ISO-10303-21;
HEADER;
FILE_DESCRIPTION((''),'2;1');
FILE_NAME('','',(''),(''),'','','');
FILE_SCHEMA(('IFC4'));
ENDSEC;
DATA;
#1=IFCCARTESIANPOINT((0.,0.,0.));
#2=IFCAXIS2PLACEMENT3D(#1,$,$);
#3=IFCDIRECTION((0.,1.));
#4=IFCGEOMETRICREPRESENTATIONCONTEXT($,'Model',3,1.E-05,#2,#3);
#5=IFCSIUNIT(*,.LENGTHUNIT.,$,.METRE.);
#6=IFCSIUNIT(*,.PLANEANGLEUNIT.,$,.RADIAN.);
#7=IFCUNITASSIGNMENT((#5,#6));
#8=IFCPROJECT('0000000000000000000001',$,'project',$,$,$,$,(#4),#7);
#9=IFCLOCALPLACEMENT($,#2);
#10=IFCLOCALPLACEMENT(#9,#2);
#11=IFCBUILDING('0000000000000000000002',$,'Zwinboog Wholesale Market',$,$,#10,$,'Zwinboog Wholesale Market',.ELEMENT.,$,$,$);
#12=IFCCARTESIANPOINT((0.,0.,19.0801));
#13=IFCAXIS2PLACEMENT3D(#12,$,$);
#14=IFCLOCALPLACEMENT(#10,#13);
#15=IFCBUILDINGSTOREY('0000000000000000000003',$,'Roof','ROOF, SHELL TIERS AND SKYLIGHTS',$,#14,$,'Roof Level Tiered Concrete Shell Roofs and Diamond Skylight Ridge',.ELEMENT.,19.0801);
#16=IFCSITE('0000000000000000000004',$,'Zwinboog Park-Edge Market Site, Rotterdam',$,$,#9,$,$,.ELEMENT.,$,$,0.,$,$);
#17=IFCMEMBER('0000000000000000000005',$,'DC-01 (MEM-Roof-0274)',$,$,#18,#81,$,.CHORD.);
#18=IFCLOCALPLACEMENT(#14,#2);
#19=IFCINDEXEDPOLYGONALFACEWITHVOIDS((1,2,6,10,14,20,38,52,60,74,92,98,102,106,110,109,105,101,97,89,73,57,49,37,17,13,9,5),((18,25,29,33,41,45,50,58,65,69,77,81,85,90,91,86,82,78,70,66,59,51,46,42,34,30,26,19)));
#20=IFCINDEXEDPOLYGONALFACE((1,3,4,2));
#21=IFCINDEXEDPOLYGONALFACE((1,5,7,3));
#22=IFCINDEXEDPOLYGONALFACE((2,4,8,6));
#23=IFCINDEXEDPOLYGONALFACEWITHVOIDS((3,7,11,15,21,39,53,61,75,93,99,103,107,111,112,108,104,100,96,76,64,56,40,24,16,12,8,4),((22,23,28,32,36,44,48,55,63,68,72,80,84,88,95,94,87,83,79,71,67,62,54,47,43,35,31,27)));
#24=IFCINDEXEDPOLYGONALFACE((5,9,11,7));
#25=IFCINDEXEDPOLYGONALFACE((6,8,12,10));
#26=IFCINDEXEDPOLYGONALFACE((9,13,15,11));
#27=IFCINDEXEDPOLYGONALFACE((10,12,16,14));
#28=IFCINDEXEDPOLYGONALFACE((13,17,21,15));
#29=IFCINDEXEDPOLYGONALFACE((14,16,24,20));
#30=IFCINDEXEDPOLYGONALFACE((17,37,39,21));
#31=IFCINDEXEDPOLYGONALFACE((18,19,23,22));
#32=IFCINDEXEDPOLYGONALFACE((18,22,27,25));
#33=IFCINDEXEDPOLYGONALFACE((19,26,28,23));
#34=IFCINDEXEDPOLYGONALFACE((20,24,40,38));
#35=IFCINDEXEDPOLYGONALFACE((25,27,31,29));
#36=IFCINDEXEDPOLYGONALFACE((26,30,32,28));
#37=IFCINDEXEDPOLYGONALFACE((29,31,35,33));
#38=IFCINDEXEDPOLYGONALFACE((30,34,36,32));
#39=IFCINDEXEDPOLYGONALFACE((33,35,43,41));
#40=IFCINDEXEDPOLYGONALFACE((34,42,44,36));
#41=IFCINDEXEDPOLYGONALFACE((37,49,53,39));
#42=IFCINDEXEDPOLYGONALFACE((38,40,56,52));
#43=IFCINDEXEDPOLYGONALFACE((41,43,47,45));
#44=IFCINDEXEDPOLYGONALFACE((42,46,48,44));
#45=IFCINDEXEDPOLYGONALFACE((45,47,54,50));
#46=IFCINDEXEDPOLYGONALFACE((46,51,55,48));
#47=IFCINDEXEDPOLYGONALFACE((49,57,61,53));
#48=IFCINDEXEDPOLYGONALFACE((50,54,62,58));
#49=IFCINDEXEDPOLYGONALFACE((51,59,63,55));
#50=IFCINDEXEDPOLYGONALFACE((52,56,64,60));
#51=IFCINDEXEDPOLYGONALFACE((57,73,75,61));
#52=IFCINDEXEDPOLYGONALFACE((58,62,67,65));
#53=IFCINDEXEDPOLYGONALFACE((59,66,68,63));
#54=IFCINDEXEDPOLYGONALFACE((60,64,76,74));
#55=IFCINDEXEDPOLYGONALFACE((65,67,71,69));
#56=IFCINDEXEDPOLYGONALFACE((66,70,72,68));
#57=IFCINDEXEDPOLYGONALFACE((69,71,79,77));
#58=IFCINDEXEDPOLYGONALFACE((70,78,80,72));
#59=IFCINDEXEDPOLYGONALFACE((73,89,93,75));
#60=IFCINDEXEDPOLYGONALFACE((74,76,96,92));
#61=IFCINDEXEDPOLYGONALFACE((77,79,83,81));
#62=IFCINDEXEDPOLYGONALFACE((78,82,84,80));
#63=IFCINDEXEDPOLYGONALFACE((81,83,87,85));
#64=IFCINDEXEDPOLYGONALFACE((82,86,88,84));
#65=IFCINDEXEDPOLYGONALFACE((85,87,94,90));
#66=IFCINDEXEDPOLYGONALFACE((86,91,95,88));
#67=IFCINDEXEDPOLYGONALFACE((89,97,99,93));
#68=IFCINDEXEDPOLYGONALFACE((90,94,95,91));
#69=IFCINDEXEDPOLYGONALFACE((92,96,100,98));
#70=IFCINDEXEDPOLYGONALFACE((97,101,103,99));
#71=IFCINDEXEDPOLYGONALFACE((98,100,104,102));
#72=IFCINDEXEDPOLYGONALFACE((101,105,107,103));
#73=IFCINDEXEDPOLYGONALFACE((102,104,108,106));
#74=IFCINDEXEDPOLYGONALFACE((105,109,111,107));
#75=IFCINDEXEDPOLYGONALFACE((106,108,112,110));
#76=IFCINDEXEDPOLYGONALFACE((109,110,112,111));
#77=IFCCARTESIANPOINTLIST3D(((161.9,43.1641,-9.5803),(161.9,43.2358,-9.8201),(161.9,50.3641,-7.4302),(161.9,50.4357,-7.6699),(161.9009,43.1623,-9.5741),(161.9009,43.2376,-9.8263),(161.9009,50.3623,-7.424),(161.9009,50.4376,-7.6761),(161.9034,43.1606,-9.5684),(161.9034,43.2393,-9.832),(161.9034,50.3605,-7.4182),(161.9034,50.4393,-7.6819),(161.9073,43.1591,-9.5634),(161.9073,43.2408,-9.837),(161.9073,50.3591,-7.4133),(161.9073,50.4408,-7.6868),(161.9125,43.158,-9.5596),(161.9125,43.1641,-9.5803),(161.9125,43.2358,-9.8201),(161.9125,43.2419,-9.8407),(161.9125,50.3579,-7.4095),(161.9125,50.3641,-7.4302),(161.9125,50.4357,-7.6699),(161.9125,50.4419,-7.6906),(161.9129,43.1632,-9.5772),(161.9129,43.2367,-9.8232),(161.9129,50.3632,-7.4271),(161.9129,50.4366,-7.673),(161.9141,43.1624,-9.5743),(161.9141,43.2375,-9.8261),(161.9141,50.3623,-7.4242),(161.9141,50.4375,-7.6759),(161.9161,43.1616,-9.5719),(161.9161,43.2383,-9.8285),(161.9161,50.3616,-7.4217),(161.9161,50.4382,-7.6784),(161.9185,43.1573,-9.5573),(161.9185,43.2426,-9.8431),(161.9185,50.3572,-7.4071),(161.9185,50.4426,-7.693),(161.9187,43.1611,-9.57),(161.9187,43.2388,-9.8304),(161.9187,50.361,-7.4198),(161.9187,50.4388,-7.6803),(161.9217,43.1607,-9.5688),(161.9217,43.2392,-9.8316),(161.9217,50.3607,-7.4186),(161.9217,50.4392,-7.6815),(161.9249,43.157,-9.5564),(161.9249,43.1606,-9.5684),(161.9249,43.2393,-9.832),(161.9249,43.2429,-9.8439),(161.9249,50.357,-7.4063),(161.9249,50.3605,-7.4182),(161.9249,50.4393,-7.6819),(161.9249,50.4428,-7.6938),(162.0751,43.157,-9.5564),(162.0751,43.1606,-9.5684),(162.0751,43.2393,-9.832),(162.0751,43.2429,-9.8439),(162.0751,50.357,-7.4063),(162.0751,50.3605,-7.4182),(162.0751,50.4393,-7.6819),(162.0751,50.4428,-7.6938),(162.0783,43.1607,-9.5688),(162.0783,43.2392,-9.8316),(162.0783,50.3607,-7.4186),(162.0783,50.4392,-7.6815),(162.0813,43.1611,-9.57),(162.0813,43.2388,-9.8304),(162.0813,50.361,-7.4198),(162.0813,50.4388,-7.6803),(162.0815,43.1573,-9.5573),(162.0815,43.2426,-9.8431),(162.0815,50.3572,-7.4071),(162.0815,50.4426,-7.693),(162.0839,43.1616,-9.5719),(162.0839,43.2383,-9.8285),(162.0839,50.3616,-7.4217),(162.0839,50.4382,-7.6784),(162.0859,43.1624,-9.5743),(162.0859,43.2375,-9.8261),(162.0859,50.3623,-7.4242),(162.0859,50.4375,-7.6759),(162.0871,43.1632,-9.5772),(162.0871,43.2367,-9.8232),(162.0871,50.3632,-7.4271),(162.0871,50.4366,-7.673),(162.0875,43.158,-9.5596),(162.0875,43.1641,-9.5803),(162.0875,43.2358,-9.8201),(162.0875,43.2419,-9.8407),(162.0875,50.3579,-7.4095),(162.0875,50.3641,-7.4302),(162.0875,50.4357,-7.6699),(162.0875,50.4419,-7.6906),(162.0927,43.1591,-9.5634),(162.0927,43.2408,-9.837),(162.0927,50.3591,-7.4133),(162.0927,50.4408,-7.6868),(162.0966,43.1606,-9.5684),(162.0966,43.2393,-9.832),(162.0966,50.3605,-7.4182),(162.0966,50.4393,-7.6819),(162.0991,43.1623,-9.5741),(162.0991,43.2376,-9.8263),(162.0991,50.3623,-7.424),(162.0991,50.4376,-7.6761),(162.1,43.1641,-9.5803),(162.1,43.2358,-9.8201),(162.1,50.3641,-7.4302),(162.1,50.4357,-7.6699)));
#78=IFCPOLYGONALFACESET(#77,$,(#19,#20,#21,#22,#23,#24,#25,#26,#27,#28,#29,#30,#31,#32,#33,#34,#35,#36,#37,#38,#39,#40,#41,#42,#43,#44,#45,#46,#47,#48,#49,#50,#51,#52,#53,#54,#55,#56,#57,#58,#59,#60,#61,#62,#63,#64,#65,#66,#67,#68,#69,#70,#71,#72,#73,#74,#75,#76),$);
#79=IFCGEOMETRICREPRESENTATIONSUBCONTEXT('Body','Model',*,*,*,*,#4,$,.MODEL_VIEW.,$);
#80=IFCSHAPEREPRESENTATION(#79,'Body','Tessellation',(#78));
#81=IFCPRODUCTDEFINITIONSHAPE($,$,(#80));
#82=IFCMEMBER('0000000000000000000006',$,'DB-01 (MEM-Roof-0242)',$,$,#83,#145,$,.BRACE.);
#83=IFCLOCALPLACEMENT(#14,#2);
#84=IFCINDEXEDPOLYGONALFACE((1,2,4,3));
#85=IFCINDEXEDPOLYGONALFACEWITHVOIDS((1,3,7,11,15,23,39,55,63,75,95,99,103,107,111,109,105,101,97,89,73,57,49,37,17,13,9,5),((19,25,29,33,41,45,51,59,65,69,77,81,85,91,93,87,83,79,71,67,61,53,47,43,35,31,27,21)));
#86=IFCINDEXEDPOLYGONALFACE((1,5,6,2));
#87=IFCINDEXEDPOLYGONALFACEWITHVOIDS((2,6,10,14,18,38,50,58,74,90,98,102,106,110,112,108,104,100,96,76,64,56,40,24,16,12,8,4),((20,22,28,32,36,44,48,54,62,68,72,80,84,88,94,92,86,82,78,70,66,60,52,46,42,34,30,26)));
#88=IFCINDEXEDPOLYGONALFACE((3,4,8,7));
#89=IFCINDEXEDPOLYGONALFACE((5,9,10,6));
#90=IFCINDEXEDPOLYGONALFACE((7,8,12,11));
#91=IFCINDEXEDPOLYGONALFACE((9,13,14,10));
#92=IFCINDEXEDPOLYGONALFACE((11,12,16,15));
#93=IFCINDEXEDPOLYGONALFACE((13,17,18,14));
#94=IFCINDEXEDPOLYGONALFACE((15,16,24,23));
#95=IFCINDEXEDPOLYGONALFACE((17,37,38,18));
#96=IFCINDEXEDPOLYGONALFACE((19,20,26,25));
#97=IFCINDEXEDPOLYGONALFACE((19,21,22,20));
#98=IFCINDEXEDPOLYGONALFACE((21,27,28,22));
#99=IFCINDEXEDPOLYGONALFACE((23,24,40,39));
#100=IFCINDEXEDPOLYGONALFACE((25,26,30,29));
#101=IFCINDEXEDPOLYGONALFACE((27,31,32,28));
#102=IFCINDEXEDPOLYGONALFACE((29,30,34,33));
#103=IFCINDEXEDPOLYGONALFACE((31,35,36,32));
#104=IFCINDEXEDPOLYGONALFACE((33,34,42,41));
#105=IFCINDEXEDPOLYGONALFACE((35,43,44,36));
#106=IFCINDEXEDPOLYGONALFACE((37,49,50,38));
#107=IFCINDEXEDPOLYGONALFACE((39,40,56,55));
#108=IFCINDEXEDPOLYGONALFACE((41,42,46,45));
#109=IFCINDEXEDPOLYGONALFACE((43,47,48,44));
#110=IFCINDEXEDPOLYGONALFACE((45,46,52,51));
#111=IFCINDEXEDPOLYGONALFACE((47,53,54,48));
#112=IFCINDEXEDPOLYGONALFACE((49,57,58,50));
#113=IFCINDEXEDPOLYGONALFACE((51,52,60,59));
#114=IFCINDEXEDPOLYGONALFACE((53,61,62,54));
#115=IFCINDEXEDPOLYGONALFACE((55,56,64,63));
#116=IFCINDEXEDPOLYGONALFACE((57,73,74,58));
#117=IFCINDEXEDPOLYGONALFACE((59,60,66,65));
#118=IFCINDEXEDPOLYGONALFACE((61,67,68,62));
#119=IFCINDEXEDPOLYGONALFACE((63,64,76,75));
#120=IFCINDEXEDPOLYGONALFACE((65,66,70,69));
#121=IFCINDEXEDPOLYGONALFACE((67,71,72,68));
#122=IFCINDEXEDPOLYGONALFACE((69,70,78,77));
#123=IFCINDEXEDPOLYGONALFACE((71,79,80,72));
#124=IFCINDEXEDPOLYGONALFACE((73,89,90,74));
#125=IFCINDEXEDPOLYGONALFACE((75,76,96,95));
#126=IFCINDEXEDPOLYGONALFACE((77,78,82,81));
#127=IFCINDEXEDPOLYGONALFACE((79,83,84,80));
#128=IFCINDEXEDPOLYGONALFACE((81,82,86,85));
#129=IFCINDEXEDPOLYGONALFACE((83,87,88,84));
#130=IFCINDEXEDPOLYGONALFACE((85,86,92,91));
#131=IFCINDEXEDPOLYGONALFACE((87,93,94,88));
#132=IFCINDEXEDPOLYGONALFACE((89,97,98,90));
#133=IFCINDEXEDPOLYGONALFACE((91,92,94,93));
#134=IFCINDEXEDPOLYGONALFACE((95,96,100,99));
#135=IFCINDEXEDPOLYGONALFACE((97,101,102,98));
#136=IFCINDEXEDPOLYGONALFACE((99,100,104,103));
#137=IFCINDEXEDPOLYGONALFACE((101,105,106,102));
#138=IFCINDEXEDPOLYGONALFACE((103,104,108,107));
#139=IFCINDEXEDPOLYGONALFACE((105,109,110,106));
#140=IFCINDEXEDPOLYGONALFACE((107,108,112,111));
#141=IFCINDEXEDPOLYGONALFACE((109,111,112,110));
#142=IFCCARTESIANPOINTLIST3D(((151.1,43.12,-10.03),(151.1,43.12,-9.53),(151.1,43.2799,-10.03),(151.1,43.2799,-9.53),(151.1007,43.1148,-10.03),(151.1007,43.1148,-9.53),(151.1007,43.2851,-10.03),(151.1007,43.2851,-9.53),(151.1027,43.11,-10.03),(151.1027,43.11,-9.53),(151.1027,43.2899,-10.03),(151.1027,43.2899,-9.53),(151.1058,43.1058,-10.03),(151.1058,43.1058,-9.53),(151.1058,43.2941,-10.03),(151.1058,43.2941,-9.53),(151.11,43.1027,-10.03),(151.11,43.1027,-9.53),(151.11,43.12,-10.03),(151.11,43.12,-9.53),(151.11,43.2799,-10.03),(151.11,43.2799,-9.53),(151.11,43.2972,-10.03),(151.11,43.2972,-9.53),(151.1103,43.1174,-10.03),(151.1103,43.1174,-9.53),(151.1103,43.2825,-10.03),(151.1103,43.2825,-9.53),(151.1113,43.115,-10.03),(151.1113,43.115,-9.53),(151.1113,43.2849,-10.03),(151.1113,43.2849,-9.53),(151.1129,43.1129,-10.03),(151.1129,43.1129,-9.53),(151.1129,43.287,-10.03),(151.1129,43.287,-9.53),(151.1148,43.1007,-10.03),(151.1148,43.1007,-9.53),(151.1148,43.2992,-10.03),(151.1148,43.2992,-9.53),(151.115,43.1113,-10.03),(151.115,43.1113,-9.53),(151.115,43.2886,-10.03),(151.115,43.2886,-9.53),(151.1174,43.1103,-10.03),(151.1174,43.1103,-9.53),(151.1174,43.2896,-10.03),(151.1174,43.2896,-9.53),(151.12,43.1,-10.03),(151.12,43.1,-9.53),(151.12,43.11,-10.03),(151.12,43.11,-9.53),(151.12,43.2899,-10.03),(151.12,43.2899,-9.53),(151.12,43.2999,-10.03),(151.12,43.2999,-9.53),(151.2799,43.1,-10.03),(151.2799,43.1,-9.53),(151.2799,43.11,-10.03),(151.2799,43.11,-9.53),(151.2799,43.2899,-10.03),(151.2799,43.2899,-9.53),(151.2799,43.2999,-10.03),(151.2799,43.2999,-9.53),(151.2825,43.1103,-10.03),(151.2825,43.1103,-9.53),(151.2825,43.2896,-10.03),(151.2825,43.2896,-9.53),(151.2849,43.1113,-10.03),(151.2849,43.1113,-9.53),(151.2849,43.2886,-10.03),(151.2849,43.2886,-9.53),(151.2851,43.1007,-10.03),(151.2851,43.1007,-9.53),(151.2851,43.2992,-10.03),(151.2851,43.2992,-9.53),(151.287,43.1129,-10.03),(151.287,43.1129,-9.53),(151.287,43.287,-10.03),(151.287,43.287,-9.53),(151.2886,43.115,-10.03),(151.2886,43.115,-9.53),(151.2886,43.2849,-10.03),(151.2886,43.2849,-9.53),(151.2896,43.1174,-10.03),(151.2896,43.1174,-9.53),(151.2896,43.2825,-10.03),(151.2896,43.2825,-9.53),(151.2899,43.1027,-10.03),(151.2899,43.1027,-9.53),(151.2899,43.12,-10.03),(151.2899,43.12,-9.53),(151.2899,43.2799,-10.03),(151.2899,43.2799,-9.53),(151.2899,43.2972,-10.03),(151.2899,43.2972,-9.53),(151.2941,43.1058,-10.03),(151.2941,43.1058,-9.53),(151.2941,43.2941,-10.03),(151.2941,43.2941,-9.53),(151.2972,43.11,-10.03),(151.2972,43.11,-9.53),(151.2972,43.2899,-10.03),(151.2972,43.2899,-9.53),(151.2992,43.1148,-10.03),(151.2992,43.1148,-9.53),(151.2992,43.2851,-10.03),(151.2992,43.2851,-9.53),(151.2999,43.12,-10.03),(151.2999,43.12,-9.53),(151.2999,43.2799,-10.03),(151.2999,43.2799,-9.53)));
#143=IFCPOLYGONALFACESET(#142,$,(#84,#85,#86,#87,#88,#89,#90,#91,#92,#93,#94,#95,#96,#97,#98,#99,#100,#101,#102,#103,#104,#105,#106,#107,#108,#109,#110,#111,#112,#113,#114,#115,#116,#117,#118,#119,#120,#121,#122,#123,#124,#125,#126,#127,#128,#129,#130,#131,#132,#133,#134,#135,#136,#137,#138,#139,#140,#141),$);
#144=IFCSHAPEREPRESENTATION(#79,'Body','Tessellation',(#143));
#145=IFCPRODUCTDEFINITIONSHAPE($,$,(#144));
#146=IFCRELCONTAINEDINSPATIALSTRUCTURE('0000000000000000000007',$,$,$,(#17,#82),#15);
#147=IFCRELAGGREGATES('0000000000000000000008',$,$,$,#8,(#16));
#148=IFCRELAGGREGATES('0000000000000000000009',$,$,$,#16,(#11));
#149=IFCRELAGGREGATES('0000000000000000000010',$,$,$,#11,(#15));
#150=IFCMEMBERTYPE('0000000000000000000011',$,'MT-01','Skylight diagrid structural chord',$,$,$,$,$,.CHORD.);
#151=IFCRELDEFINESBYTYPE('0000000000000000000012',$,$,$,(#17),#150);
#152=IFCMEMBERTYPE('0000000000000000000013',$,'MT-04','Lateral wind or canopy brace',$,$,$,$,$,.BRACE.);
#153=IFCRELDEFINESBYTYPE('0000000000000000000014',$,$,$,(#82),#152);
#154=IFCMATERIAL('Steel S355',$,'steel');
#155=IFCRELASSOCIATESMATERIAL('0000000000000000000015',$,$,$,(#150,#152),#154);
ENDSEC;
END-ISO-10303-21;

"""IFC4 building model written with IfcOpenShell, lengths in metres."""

from ifc_helpers import new_model, si_unit, direction, frame, origin, origin_2d, place, context, subcontext, project, spatial, hollow_rectangle, extrude, material, material_profile, profile_set, type_object, element, save


model = new_model("IFC4")

# Units and contexts
model_context = context("Model", 3, precision=1e-05, world=origin(), true_north=direction((0.0, 1.0)))
body_context = subcontext(model_context, "Body", "Model", "MODEL_VIEW")
ifc_project = project(units=[si_unit("LENGTHUNIT", "METRE"), si_unit("PLANEANGLEUNIT", "RADIAN")], contexts=[model_context])

# Site, building, storey
site_placement = place(None, origin())
site = spatial("IfcSite", under=ifc_project, at=site_placement, Name="Zwinboog Park-Edge Market Site, Rotterdam", CompositionType="ELEMENT", RefElevation=0.0)
building_placement = place(site_placement, origin())
building = spatial("IfcBuilding", under=site, at=building_placement, Name="Zwinboog Wholesale Market", LongName="Zwinboog Wholesale Market", CompositionType="ELEMENT")
storey_placement = place(building_placement, frame((0.0, 0.0, 19.0801)))
storey = spatial("IfcBuildingStorey", under=building, at=storey_placement, Name="Roof", Description="ROOF, SHELL TIERS AND SKYLIGHTS", LongName="Roof Level Tiered Concrete Shell Roofs and Diamond Skylight Ridge", CompositionType="ELEMENT", Elevation=19.0801)

# Members
ifc_material_1 = material(Name="Steel S355", Category="steel")
ifc_material_profile_1 = material_profile(ifc_material_1, hollow_rectangle(XDim=0.2, YDim=0.3, WallThickness=0.0125, InnerFilletRadius=0.0125, OuterFilletRadius=0.0249, at=origin_2d()), Name="RHS 300x200x12.5")
ifc_profile_set_1 = profile_set([ifc_material_profile_1], Name="Steel S355")
member_type_1 = type_object("IfcMemberType", Name="MT-01", Description="Skylight diagrid structural chord", PredefinedType="CHORD", material=ifc_profile_set_1)
member_1_placement = place(storey_placement, frame((162.0, 43.2, -9.7002), z_axis=(0.0, 0.958186, 0.286146), x_axis=(-1.0, 0.0, 0.0)))
element("IfcMember", 1, at=member_1_placement, inside=storey, type_object=member_type_1, Name="DC-01 (MEM-Roof-0274)", PredefinedType="CHORD", context=body_context, shape_type="SweptSolid", body=[
    extrude(hollow_rectangle(XDim=0.2, YDim=0.3, WallThickness=0.0125, InnerFilletRadius=0.0125, OuterFilletRadius=0.0249, at=origin_2d()), origin(), (0.0, 0.0, 1.0), 7.5142),
])
ifc_material_profile_2 = material_profile(ifc_material_1, hollow_rectangle(XDim=0.2, YDim=0.2, WallThickness=0.01, InnerFilletRadius=0.01, OuterFilletRadius=0.02, at=origin_2d()), Name="SHS 200x200x10")
ifc_profile_set_2 = profile_set([ifc_material_profile_2], Name="Steel S355")
member_type_2 = type_object("IfcMemberType", Name="MT-04", Description="Lateral wind or canopy brace", PredefinedType="BRACE", material=ifc_profile_set_2)
for number, where, z_axis, x_axis, name in (
    (2, (151.2, 43.2, -10.03), (0.0, 0.0, 1.0), (1.0, 0.0, 0.0), "DB-01 (MEM-Roof-0242)"),
):
    element("IfcMember", number, at=place(storey_placement, frame(where, z_axis=z_axis, x_axis=x_axis)), inside=storey, type_object=member_type_2, Name=name, PredefinedType="BRACE", context=body_context, shape_type="SweptSolid", body=[
        extrude(hollow_rectangle(XDim=0.2, YDim=0.2, WallThickness=0.01, InnerFilletRadius=0.01, OuterFilletRadius=0.02, at=origin_2d()), origin(), (0.0, 0.0, 1.0), 0.5),
    ])

save(model, "model.ifc")
